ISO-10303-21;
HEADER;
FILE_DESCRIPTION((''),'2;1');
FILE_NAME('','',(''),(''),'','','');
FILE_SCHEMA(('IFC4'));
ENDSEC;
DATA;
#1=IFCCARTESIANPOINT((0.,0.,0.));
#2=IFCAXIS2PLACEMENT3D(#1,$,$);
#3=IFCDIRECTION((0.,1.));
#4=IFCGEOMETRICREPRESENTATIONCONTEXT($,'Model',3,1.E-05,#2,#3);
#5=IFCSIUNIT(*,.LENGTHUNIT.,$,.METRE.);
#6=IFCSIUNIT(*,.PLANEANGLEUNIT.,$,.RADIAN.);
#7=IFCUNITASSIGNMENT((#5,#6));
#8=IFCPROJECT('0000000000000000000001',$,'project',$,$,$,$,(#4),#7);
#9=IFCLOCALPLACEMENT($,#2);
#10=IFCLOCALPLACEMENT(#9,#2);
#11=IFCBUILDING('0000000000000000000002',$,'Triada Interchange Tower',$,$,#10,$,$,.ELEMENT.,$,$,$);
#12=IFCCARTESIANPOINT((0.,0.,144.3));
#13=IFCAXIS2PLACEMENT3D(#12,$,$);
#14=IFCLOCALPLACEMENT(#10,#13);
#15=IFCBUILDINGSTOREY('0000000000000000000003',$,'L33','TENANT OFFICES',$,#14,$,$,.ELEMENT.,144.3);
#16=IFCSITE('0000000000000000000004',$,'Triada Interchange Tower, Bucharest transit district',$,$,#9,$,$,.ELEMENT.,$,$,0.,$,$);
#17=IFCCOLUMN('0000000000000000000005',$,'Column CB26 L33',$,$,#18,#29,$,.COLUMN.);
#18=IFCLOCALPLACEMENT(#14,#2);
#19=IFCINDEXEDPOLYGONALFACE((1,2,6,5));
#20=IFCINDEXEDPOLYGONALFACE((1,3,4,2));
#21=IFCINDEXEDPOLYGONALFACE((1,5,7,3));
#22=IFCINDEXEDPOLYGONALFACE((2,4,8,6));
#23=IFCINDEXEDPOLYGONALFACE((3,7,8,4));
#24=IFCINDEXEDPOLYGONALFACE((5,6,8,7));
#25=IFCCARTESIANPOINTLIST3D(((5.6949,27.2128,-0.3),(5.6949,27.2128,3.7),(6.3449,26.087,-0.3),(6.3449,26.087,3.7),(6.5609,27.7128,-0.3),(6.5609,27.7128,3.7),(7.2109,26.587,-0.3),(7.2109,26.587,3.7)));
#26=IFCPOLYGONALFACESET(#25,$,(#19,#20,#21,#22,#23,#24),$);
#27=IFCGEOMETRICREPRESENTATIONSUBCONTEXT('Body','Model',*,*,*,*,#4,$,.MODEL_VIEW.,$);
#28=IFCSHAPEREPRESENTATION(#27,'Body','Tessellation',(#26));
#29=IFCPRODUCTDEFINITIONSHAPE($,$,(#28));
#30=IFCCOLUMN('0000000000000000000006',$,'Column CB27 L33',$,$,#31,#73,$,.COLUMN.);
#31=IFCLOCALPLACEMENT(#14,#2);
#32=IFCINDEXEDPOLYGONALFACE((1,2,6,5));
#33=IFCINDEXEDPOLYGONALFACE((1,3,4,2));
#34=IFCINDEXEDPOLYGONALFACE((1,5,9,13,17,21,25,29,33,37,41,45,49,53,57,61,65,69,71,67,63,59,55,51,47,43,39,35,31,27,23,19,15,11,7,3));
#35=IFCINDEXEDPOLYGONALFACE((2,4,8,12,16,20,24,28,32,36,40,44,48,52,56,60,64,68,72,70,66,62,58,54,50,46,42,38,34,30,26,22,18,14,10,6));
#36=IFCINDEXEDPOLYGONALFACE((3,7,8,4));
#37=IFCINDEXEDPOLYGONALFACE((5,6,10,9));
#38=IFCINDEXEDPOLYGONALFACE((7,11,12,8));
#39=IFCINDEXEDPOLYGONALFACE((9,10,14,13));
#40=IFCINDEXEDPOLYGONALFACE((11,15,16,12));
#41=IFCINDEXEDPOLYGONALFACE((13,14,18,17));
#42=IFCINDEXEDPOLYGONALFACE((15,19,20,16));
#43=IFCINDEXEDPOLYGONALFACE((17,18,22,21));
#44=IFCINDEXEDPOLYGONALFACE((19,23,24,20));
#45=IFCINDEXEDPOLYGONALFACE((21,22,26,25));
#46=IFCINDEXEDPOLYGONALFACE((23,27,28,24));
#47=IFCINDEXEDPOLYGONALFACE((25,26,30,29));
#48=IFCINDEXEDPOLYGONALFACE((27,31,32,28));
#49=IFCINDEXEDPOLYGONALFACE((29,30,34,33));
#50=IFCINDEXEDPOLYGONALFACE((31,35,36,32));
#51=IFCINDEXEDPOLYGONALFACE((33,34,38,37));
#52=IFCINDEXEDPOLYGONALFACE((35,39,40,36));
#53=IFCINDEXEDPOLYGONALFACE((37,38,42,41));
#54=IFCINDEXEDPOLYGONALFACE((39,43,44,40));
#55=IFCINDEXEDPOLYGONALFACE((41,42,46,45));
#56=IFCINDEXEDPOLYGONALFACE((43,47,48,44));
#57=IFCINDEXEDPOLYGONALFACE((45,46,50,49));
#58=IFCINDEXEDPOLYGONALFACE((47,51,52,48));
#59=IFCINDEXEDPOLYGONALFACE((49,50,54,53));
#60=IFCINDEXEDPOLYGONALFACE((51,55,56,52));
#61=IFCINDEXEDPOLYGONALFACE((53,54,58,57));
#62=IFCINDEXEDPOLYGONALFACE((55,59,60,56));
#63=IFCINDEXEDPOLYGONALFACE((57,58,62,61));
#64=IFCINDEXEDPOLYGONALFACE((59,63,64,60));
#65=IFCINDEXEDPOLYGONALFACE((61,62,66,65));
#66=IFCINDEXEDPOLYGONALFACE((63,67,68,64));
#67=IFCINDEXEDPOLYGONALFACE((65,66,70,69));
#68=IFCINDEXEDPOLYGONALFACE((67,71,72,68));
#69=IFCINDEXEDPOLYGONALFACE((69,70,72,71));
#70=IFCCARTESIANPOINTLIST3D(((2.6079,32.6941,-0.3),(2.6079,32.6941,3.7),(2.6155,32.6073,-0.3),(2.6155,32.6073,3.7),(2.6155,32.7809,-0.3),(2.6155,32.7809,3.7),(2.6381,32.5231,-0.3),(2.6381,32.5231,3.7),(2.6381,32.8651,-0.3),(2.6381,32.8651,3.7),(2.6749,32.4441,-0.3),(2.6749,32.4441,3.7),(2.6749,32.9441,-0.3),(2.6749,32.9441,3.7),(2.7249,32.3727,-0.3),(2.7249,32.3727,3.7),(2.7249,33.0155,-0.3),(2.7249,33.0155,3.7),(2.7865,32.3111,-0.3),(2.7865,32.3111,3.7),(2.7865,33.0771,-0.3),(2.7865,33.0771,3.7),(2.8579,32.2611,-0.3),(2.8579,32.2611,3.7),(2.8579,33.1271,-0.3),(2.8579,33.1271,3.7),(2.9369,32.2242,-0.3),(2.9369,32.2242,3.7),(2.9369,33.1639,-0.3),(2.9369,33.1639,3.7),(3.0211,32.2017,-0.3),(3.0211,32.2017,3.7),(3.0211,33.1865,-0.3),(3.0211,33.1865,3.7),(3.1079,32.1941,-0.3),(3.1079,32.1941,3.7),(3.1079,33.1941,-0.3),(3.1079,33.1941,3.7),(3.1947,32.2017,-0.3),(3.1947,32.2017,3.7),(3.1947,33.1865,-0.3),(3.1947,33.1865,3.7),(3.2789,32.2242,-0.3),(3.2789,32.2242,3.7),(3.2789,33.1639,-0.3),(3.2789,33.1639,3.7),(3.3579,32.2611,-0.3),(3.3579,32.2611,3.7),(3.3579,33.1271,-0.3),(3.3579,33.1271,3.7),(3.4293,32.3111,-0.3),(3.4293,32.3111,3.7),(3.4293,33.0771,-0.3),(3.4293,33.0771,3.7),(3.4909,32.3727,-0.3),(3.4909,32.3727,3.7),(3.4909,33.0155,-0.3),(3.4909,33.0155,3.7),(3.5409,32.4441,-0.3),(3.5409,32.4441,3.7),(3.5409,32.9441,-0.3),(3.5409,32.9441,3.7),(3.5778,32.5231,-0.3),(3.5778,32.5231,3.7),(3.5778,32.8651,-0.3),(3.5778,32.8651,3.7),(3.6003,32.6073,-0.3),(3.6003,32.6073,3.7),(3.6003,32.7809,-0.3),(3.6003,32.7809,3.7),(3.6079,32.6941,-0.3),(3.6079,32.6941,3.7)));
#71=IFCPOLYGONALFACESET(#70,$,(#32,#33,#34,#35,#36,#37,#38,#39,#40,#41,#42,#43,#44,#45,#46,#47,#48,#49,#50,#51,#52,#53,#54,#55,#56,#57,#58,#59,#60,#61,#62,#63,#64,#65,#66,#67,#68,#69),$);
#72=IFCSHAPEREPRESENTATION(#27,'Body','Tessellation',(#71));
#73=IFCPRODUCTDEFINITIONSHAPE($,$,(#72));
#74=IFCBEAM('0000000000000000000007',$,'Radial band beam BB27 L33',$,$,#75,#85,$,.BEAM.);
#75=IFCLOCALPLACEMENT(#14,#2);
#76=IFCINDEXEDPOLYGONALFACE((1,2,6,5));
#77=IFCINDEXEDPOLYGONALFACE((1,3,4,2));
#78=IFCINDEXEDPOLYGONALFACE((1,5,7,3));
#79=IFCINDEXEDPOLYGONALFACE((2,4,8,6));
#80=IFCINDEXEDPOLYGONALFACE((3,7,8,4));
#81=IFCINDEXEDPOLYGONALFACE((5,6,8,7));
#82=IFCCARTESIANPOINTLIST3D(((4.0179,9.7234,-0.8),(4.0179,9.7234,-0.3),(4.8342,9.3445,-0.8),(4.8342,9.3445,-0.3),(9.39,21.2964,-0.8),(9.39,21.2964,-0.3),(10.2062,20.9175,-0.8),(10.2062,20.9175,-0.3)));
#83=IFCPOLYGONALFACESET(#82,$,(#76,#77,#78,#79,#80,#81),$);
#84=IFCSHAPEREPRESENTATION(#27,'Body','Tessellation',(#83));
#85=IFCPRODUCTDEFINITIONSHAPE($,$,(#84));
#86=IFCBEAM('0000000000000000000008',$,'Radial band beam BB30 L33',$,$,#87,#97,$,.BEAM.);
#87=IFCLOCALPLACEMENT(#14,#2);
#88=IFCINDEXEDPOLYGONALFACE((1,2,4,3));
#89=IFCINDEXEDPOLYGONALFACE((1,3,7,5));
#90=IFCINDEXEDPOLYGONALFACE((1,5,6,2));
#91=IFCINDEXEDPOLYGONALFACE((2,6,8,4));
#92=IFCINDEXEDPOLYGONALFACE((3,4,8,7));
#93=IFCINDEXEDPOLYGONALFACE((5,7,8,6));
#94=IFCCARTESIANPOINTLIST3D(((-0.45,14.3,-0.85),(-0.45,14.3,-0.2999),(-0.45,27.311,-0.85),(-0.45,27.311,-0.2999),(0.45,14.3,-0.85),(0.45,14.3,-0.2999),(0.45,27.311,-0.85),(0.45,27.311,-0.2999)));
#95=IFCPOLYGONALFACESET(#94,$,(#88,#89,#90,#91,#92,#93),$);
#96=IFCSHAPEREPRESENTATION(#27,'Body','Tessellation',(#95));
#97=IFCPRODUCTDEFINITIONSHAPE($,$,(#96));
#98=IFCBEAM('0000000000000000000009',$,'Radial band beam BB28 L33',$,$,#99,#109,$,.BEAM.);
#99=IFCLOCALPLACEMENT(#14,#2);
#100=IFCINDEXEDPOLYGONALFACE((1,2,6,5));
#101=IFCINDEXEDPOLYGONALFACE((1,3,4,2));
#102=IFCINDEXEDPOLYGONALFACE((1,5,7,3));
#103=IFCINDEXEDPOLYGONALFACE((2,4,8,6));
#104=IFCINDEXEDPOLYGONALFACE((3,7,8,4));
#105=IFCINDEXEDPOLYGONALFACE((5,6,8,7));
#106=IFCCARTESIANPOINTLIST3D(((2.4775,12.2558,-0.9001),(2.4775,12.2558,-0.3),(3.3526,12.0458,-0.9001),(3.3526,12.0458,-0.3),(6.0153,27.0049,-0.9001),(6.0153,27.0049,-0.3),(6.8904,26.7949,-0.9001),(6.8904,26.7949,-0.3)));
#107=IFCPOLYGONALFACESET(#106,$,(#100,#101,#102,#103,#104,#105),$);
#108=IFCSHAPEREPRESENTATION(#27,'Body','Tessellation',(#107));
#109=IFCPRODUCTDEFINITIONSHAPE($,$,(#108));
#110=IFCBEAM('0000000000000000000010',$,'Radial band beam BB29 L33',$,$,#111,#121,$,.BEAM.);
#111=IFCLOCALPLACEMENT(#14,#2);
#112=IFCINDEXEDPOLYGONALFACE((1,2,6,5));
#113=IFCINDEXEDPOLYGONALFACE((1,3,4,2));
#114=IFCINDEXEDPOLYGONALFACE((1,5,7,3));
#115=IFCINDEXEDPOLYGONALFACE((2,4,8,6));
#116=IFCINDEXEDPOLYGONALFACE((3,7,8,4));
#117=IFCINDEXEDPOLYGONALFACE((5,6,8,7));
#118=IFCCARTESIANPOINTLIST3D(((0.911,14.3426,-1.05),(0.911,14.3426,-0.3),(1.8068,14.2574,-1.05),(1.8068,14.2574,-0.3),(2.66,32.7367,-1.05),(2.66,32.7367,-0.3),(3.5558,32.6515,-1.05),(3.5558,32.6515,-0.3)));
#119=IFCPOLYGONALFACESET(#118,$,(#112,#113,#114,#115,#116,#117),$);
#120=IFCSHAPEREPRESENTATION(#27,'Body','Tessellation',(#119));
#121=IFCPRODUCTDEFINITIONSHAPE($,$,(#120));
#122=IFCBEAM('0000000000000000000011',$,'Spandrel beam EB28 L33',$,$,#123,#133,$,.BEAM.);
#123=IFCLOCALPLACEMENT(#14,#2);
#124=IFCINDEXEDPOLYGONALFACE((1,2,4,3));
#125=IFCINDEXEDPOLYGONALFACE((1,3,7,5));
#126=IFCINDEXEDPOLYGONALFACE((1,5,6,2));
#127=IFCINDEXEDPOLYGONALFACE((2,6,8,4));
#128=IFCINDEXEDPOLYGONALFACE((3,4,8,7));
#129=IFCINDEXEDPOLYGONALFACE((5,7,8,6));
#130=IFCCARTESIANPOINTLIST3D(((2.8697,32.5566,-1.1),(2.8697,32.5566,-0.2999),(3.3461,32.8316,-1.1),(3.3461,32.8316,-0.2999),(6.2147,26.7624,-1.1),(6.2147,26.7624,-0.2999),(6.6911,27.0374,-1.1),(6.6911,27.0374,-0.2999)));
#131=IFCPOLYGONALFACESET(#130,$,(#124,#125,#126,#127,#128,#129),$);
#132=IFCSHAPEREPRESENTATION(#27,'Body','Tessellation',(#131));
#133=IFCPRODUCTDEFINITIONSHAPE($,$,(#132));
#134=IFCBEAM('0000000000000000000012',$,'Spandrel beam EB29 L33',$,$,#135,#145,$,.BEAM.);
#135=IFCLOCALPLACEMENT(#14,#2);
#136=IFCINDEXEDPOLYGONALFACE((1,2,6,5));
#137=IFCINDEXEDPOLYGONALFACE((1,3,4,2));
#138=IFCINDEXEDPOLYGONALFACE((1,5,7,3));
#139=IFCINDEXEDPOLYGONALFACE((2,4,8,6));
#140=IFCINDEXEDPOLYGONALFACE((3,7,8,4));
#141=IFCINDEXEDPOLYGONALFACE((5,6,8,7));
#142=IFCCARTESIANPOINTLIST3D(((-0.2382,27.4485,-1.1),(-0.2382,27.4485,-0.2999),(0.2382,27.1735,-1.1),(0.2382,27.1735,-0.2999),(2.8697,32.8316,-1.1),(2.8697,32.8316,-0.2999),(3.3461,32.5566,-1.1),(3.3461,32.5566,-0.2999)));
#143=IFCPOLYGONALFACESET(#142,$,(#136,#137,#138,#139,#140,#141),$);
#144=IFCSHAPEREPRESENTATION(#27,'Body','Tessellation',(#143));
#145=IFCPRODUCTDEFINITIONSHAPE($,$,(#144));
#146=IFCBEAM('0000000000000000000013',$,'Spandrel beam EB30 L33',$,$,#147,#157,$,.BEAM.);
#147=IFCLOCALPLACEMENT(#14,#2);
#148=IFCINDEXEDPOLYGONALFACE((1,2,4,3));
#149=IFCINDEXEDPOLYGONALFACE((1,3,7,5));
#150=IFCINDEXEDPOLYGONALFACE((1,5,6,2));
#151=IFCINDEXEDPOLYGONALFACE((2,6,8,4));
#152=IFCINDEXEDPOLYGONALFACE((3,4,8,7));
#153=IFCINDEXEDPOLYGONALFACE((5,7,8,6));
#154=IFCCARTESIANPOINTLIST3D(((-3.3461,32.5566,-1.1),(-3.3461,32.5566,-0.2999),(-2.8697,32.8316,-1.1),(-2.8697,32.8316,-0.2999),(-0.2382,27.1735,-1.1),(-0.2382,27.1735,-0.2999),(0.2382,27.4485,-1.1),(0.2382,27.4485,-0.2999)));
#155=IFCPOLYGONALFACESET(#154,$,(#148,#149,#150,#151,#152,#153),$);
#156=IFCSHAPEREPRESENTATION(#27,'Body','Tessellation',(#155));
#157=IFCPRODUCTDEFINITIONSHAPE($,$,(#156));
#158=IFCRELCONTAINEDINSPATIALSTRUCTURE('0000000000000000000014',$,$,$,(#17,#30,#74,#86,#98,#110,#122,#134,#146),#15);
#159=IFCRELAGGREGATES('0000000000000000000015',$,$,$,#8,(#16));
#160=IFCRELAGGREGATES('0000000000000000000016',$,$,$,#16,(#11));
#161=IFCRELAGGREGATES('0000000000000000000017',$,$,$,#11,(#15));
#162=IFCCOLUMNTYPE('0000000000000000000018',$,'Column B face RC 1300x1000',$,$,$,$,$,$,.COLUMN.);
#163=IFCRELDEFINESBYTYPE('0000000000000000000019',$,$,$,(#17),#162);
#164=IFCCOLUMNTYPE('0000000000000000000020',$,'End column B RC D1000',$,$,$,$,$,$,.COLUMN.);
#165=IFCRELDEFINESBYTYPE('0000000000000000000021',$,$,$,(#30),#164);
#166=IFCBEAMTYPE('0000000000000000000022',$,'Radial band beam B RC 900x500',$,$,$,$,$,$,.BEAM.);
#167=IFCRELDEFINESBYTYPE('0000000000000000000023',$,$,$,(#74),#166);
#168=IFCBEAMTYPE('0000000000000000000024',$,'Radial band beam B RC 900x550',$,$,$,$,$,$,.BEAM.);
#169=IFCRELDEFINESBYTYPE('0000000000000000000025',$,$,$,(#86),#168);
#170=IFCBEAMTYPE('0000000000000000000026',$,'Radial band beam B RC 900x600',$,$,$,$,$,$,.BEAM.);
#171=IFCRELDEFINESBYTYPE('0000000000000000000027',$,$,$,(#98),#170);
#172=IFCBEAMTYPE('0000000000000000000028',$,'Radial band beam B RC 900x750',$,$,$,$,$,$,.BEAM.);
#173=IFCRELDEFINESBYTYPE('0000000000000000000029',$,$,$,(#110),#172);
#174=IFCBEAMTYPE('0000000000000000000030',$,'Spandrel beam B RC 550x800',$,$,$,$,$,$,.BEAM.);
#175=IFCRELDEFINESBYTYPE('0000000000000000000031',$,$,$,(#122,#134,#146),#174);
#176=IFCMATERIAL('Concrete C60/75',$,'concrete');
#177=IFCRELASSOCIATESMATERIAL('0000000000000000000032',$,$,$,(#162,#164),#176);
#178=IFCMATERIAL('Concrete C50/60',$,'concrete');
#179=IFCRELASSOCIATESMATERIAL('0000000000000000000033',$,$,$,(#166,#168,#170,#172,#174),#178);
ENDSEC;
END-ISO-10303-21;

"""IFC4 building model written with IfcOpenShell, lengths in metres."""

from ifc_helpers import new_model, si_unit, direction, frame, origin, origin_2d, place, context, subcontext, project, spatial, rectangle, circle, extrude, material, material_profile, profile_set, type_object, element, save


model = new_model("IFC4")

# Units and contexts
model_context = context("Model", 3, precision=1e-05, world=origin(), true_north=direction((0.0, 1.0)))
body_context = subcontext(model_context, "Body", "Model", "MODEL_VIEW")
ifc_project = project(units=[si_unit("LENGTHUNIT", "METRE"), si_unit("PLANEANGLEUNIT", "RADIAN")], contexts=[model_context])

# Site, building, storey
site_placement = place(None, origin())
site = spatial("IfcSite", under=ifc_project, at=site_placement, Name="Triada Interchange Tower, Bucharest transit district", CompositionType="ELEMENT", RefElevation=0.0)
building_placement = place(site_placement, origin())
building = spatial("IfcBuilding", under=site, at=building_placement, Name="Triada Interchange Tower", CompositionType="ELEMENT")
storey_placement = place(building_placement, frame((0.0, 0.0, 144.3)))
storey = spatial("IfcBuildingStorey", under=building, at=storey_placement, Name="L33", Description="TENANT OFFICES", CompositionType="ELEMENT", Elevation=144.3)

# Columns
ifc_material_1 = material(Name="Concrete C60/75", Category="concrete")
ifc_material_profile_1 = material_profile(ifc_material_1, rectangle(XDim=1.3, YDim=1.0, at=origin_2d()), Name="RC 1300x1000")
ifc_profile_set_1 = profile_set([ifc_material_profile_1], Name="Concrete C60/75")
column_type_1 = type_object("IfcColumnType", Name="Column B face RC 1300x1000", PredefinedType="COLUMN", material=ifc_profile_set_1)
column_1_placement = place(storey_placement, frame((6.4529, 26.8999, -0.3), z_axis=(0.0, 0.0, 1.0), x_axis=(-0.5, 0.866025, 0.0)))
element("IfcColumn", 1, at=column_1_placement, inside=storey, type_object=column_type_1, Name="Column CB26 L33", PredefinedType="COLUMN", context=body_context, shape_type="SweptSolid", body=[
    extrude(rectangle(XDim=1.3, YDim=1.0, at=origin_2d()), origin(), (0.0, 0.0, 1.0), 4.0),
])
ifc_material_profile_2 = material_profile(ifc_material_1, circle(Radius=0.5, at=origin_2d()), Name="RC D1000")
ifc_profile_set_2 = profile_set([ifc_material_profile_2], Name="Concrete C60/75")
column_type_2 = type_object("IfcColumnType", Name="End column B RC D1000", PredefinedType="COLUMN", material=ifc_profile_set_2)
column_2_placement = place(storey_placement, frame((3.1079, 32.6941, -0.3), z_axis=(0.0, 0.0, 1.0), x_axis=(-0.5, 0.866025, 0.0)))
element("IfcColumn", 2, at=column_2_placement, inside=storey, type_object=column_type_2, Name="Column CB27 L33", PredefinedType="COLUMN", context=body_context, shape_type="SweptSolid", body=[
    extrude(circle(Radius=0.5, at=origin_2d()), origin(), (0.0, 0.0, 1.0), 4.0),
])

# Beams
ifc_material_2 = material(Name="Concrete C50/60", Category="concrete")
ifc_material_profile_3 = material_profile(ifc_material_2, rectangle(XDim=0.8999, YDim=0.5, at=origin_2d()), Name="RC 900x500")
ifc_profile_set_3 = profile_set([ifc_material_profile_3], Name="Concrete C50/60")
beam_type_1 = type_object("IfcBeamType", Name="Radial band beam B RC 900x500", PredefinedType="BEAM", material=ifc_profile_set_3)
beam_1_placement = place(storey_placement, frame((9.7981, 21.1069, -0.55), z_axis=(-0.42104, -0.907042, 0.0), x_axis=(0.907042, -0.42104, 0.0)))
element("IfcBeam", 3, at=beam_1_placement, inside=storey, type_object=beam_type_1, Name="Radial band beam BB27 L33", PredefinedType="BEAM", context=body_context, shape_type="SweptSolid", body=[
    extrude(rectangle(XDim=0.8999, YDim=0.5, at=origin_2d()), origin(), (0.0, 0.0, 1.0), 12.759),
])
ifc_material_profile_4 = material_profile(ifc_material_2, rectangle(XDim=0.8999, YDim=0.55, at=origin_2d()), Name="RC 900x550")
ifc_profile_set_4 = profile_set([ifc_material_profile_4], Name="Concrete C50/60")
beam_type_2 = type_object("IfcBeamType", Name="Radial band beam B RC 900x550", PredefinedType="BEAM", material=ifc_profile_set_4)
beam_2_placement = place(storey_placement, frame((0.0, 27.311, -0.575), z_axis=(0.0, -1.0, 0.0), x_axis=(1.0, 0.0, 0.0)))
element("IfcBeam", 4, at=beam_2_placement, inside=storey, type_object=beam_type_2, Name="Radial band beam BB30 L33", PredefinedType="BEAM", context=body_context, shape_type="SweptSolid", body=[
    extrude(rectangle(XDim=0.8999, YDim=0.55, at=origin_2d()), origin(), (0.0, 0.0, 1.0), 13.011),
])
ifc_material_profile_5 = material_profile(ifc_material_2, rectangle(XDim=0.8999, YDim=0.6001, at=origin_2d()), Name="RC 900x600")
ifc_profile_set_5 = profile_set([ifc_material_profile_5], Name="Concrete C50/60")
beam_type_3 = type_object("IfcBeamType", Name="Radial band beam B RC 900x600", PredefinedType="BEAM", material=ifc_profile_set_5)
beam_3_placement = place(storey_placement, frame((6.4529, 26.8999, -0.6001), z_axis=(-0.233253, -0.972416, 0.0), x_axis=(0.972416, -0.233253, 0.0)))
element("IfcBeam", 5, at=beam_3_placement, inside=storey, type_object=beam_type_3, Name="Radial band beam BB28 L33", PredefinedType="BEAM", context=body_context, shape_type="SweptSolid", body=[
    extrude(rectangle(XDim=0.8999, YDim=0.6001, at=origin_2d()), origin(), (0.0, 0.0, 1.0), 15.1675),
])
ifc_material_profile_6 = material_profile(ifc_material_2, rectangle(XDim=0.8999, YDim=0.75, at=origin_2d()), Name="RC 900x750")
ifc_profile_set_6 = profile_set([ifc_material_profile_6], Name="Concrete C50/60")
beam_type_4 = type_object("IfcBeamType", Name="Radial band beam B RC 900x750", PredefinedType="BEAM", material=ifc_profile_set_6)
beam_4_placement = place(storey_placement, frame((3.1079, 32.6941, -0.675), z_axis=(-0.094659, -0.99551, 0.0), x_axis=(0.99551, -0.094659, 0.0)))
element("IfcBeam", 6, at=beam_4_placement, inside=storey, type_object=beam_type_4, Name="Radial band beam BB29 L33", PredefinedType="BEAM", context=body_context, shape_type="SweptSolid", body=[
    extrude(rectangle(XDim=0.8999, YDim=0.75, at=origin_2d()), origin(), (0.0, 0.0, 1.0), 18.4771),
])
ifc_material_profile_7 = material_profile(ifc_material_2, rectangle(XDim=0.55, YDim=0.8, at=origin_2d()), Name="RC 550x800")
ifc_profile_set_7 = profile_set([ifc_material_profile_7], Name="Concrete C50/60")
beam_type_5 = type_object("IfcBeamType", Name="Spandrel beam B RC 550x800", PredefinedType="BEAM", material=ifc_profile_set_7)
beam_5_placement = place(storey_placement, frame((6.4529, 26.8999, -0.7), z_axis=(-0.499966, 0.866045, 0.0), x_axis=(-0.866045, -0.499966, 0.0)))
element("IfcBeam", 7, at=beam_5_placement, inside=storey, type_object=beam_type_5, Name="Spandrel beam EB28 L33", PredefinedType="BEAM", context=body_context, shape_type="SweptSolid", body=[
    extrude(rectangle(XDim=0.55, YDim=0.8, at=origin_2d()), origin(), (0.0, 0.0, 1.0), 6.6904),
])
for number, where, z_axis, x_axis, name in (
    (8, (3.1079, 32.6941, -0.7), (-0.5, -0.866025, 0.0), (0.866025, -0.5, 0.0), "Spandrel beam EB29 L33"),
    (9, (0.0, 27.311, -0.7), (-0.5, 0.866025, 0.0), (-0.866025, -0.5, 0.0), "Spandrel beam EB30 L33"),
):
    element("IfcBeam", number, at=place(storey_placement, frame(where, z_axis=z_axis, x_axis=x_axis)), inside=storey, type_object=beam_type_5, Name=name, PredefinedType="BEAM", context=body_context, shape_type="SweptSolid", body=[
        extrude(rectangle(XDim=0.55, YDim=0.8, at=origin_2d()), origin(), (0.0, 0.0, 1.0), 6.2158),
    ])

save(model, "model.ifc")
